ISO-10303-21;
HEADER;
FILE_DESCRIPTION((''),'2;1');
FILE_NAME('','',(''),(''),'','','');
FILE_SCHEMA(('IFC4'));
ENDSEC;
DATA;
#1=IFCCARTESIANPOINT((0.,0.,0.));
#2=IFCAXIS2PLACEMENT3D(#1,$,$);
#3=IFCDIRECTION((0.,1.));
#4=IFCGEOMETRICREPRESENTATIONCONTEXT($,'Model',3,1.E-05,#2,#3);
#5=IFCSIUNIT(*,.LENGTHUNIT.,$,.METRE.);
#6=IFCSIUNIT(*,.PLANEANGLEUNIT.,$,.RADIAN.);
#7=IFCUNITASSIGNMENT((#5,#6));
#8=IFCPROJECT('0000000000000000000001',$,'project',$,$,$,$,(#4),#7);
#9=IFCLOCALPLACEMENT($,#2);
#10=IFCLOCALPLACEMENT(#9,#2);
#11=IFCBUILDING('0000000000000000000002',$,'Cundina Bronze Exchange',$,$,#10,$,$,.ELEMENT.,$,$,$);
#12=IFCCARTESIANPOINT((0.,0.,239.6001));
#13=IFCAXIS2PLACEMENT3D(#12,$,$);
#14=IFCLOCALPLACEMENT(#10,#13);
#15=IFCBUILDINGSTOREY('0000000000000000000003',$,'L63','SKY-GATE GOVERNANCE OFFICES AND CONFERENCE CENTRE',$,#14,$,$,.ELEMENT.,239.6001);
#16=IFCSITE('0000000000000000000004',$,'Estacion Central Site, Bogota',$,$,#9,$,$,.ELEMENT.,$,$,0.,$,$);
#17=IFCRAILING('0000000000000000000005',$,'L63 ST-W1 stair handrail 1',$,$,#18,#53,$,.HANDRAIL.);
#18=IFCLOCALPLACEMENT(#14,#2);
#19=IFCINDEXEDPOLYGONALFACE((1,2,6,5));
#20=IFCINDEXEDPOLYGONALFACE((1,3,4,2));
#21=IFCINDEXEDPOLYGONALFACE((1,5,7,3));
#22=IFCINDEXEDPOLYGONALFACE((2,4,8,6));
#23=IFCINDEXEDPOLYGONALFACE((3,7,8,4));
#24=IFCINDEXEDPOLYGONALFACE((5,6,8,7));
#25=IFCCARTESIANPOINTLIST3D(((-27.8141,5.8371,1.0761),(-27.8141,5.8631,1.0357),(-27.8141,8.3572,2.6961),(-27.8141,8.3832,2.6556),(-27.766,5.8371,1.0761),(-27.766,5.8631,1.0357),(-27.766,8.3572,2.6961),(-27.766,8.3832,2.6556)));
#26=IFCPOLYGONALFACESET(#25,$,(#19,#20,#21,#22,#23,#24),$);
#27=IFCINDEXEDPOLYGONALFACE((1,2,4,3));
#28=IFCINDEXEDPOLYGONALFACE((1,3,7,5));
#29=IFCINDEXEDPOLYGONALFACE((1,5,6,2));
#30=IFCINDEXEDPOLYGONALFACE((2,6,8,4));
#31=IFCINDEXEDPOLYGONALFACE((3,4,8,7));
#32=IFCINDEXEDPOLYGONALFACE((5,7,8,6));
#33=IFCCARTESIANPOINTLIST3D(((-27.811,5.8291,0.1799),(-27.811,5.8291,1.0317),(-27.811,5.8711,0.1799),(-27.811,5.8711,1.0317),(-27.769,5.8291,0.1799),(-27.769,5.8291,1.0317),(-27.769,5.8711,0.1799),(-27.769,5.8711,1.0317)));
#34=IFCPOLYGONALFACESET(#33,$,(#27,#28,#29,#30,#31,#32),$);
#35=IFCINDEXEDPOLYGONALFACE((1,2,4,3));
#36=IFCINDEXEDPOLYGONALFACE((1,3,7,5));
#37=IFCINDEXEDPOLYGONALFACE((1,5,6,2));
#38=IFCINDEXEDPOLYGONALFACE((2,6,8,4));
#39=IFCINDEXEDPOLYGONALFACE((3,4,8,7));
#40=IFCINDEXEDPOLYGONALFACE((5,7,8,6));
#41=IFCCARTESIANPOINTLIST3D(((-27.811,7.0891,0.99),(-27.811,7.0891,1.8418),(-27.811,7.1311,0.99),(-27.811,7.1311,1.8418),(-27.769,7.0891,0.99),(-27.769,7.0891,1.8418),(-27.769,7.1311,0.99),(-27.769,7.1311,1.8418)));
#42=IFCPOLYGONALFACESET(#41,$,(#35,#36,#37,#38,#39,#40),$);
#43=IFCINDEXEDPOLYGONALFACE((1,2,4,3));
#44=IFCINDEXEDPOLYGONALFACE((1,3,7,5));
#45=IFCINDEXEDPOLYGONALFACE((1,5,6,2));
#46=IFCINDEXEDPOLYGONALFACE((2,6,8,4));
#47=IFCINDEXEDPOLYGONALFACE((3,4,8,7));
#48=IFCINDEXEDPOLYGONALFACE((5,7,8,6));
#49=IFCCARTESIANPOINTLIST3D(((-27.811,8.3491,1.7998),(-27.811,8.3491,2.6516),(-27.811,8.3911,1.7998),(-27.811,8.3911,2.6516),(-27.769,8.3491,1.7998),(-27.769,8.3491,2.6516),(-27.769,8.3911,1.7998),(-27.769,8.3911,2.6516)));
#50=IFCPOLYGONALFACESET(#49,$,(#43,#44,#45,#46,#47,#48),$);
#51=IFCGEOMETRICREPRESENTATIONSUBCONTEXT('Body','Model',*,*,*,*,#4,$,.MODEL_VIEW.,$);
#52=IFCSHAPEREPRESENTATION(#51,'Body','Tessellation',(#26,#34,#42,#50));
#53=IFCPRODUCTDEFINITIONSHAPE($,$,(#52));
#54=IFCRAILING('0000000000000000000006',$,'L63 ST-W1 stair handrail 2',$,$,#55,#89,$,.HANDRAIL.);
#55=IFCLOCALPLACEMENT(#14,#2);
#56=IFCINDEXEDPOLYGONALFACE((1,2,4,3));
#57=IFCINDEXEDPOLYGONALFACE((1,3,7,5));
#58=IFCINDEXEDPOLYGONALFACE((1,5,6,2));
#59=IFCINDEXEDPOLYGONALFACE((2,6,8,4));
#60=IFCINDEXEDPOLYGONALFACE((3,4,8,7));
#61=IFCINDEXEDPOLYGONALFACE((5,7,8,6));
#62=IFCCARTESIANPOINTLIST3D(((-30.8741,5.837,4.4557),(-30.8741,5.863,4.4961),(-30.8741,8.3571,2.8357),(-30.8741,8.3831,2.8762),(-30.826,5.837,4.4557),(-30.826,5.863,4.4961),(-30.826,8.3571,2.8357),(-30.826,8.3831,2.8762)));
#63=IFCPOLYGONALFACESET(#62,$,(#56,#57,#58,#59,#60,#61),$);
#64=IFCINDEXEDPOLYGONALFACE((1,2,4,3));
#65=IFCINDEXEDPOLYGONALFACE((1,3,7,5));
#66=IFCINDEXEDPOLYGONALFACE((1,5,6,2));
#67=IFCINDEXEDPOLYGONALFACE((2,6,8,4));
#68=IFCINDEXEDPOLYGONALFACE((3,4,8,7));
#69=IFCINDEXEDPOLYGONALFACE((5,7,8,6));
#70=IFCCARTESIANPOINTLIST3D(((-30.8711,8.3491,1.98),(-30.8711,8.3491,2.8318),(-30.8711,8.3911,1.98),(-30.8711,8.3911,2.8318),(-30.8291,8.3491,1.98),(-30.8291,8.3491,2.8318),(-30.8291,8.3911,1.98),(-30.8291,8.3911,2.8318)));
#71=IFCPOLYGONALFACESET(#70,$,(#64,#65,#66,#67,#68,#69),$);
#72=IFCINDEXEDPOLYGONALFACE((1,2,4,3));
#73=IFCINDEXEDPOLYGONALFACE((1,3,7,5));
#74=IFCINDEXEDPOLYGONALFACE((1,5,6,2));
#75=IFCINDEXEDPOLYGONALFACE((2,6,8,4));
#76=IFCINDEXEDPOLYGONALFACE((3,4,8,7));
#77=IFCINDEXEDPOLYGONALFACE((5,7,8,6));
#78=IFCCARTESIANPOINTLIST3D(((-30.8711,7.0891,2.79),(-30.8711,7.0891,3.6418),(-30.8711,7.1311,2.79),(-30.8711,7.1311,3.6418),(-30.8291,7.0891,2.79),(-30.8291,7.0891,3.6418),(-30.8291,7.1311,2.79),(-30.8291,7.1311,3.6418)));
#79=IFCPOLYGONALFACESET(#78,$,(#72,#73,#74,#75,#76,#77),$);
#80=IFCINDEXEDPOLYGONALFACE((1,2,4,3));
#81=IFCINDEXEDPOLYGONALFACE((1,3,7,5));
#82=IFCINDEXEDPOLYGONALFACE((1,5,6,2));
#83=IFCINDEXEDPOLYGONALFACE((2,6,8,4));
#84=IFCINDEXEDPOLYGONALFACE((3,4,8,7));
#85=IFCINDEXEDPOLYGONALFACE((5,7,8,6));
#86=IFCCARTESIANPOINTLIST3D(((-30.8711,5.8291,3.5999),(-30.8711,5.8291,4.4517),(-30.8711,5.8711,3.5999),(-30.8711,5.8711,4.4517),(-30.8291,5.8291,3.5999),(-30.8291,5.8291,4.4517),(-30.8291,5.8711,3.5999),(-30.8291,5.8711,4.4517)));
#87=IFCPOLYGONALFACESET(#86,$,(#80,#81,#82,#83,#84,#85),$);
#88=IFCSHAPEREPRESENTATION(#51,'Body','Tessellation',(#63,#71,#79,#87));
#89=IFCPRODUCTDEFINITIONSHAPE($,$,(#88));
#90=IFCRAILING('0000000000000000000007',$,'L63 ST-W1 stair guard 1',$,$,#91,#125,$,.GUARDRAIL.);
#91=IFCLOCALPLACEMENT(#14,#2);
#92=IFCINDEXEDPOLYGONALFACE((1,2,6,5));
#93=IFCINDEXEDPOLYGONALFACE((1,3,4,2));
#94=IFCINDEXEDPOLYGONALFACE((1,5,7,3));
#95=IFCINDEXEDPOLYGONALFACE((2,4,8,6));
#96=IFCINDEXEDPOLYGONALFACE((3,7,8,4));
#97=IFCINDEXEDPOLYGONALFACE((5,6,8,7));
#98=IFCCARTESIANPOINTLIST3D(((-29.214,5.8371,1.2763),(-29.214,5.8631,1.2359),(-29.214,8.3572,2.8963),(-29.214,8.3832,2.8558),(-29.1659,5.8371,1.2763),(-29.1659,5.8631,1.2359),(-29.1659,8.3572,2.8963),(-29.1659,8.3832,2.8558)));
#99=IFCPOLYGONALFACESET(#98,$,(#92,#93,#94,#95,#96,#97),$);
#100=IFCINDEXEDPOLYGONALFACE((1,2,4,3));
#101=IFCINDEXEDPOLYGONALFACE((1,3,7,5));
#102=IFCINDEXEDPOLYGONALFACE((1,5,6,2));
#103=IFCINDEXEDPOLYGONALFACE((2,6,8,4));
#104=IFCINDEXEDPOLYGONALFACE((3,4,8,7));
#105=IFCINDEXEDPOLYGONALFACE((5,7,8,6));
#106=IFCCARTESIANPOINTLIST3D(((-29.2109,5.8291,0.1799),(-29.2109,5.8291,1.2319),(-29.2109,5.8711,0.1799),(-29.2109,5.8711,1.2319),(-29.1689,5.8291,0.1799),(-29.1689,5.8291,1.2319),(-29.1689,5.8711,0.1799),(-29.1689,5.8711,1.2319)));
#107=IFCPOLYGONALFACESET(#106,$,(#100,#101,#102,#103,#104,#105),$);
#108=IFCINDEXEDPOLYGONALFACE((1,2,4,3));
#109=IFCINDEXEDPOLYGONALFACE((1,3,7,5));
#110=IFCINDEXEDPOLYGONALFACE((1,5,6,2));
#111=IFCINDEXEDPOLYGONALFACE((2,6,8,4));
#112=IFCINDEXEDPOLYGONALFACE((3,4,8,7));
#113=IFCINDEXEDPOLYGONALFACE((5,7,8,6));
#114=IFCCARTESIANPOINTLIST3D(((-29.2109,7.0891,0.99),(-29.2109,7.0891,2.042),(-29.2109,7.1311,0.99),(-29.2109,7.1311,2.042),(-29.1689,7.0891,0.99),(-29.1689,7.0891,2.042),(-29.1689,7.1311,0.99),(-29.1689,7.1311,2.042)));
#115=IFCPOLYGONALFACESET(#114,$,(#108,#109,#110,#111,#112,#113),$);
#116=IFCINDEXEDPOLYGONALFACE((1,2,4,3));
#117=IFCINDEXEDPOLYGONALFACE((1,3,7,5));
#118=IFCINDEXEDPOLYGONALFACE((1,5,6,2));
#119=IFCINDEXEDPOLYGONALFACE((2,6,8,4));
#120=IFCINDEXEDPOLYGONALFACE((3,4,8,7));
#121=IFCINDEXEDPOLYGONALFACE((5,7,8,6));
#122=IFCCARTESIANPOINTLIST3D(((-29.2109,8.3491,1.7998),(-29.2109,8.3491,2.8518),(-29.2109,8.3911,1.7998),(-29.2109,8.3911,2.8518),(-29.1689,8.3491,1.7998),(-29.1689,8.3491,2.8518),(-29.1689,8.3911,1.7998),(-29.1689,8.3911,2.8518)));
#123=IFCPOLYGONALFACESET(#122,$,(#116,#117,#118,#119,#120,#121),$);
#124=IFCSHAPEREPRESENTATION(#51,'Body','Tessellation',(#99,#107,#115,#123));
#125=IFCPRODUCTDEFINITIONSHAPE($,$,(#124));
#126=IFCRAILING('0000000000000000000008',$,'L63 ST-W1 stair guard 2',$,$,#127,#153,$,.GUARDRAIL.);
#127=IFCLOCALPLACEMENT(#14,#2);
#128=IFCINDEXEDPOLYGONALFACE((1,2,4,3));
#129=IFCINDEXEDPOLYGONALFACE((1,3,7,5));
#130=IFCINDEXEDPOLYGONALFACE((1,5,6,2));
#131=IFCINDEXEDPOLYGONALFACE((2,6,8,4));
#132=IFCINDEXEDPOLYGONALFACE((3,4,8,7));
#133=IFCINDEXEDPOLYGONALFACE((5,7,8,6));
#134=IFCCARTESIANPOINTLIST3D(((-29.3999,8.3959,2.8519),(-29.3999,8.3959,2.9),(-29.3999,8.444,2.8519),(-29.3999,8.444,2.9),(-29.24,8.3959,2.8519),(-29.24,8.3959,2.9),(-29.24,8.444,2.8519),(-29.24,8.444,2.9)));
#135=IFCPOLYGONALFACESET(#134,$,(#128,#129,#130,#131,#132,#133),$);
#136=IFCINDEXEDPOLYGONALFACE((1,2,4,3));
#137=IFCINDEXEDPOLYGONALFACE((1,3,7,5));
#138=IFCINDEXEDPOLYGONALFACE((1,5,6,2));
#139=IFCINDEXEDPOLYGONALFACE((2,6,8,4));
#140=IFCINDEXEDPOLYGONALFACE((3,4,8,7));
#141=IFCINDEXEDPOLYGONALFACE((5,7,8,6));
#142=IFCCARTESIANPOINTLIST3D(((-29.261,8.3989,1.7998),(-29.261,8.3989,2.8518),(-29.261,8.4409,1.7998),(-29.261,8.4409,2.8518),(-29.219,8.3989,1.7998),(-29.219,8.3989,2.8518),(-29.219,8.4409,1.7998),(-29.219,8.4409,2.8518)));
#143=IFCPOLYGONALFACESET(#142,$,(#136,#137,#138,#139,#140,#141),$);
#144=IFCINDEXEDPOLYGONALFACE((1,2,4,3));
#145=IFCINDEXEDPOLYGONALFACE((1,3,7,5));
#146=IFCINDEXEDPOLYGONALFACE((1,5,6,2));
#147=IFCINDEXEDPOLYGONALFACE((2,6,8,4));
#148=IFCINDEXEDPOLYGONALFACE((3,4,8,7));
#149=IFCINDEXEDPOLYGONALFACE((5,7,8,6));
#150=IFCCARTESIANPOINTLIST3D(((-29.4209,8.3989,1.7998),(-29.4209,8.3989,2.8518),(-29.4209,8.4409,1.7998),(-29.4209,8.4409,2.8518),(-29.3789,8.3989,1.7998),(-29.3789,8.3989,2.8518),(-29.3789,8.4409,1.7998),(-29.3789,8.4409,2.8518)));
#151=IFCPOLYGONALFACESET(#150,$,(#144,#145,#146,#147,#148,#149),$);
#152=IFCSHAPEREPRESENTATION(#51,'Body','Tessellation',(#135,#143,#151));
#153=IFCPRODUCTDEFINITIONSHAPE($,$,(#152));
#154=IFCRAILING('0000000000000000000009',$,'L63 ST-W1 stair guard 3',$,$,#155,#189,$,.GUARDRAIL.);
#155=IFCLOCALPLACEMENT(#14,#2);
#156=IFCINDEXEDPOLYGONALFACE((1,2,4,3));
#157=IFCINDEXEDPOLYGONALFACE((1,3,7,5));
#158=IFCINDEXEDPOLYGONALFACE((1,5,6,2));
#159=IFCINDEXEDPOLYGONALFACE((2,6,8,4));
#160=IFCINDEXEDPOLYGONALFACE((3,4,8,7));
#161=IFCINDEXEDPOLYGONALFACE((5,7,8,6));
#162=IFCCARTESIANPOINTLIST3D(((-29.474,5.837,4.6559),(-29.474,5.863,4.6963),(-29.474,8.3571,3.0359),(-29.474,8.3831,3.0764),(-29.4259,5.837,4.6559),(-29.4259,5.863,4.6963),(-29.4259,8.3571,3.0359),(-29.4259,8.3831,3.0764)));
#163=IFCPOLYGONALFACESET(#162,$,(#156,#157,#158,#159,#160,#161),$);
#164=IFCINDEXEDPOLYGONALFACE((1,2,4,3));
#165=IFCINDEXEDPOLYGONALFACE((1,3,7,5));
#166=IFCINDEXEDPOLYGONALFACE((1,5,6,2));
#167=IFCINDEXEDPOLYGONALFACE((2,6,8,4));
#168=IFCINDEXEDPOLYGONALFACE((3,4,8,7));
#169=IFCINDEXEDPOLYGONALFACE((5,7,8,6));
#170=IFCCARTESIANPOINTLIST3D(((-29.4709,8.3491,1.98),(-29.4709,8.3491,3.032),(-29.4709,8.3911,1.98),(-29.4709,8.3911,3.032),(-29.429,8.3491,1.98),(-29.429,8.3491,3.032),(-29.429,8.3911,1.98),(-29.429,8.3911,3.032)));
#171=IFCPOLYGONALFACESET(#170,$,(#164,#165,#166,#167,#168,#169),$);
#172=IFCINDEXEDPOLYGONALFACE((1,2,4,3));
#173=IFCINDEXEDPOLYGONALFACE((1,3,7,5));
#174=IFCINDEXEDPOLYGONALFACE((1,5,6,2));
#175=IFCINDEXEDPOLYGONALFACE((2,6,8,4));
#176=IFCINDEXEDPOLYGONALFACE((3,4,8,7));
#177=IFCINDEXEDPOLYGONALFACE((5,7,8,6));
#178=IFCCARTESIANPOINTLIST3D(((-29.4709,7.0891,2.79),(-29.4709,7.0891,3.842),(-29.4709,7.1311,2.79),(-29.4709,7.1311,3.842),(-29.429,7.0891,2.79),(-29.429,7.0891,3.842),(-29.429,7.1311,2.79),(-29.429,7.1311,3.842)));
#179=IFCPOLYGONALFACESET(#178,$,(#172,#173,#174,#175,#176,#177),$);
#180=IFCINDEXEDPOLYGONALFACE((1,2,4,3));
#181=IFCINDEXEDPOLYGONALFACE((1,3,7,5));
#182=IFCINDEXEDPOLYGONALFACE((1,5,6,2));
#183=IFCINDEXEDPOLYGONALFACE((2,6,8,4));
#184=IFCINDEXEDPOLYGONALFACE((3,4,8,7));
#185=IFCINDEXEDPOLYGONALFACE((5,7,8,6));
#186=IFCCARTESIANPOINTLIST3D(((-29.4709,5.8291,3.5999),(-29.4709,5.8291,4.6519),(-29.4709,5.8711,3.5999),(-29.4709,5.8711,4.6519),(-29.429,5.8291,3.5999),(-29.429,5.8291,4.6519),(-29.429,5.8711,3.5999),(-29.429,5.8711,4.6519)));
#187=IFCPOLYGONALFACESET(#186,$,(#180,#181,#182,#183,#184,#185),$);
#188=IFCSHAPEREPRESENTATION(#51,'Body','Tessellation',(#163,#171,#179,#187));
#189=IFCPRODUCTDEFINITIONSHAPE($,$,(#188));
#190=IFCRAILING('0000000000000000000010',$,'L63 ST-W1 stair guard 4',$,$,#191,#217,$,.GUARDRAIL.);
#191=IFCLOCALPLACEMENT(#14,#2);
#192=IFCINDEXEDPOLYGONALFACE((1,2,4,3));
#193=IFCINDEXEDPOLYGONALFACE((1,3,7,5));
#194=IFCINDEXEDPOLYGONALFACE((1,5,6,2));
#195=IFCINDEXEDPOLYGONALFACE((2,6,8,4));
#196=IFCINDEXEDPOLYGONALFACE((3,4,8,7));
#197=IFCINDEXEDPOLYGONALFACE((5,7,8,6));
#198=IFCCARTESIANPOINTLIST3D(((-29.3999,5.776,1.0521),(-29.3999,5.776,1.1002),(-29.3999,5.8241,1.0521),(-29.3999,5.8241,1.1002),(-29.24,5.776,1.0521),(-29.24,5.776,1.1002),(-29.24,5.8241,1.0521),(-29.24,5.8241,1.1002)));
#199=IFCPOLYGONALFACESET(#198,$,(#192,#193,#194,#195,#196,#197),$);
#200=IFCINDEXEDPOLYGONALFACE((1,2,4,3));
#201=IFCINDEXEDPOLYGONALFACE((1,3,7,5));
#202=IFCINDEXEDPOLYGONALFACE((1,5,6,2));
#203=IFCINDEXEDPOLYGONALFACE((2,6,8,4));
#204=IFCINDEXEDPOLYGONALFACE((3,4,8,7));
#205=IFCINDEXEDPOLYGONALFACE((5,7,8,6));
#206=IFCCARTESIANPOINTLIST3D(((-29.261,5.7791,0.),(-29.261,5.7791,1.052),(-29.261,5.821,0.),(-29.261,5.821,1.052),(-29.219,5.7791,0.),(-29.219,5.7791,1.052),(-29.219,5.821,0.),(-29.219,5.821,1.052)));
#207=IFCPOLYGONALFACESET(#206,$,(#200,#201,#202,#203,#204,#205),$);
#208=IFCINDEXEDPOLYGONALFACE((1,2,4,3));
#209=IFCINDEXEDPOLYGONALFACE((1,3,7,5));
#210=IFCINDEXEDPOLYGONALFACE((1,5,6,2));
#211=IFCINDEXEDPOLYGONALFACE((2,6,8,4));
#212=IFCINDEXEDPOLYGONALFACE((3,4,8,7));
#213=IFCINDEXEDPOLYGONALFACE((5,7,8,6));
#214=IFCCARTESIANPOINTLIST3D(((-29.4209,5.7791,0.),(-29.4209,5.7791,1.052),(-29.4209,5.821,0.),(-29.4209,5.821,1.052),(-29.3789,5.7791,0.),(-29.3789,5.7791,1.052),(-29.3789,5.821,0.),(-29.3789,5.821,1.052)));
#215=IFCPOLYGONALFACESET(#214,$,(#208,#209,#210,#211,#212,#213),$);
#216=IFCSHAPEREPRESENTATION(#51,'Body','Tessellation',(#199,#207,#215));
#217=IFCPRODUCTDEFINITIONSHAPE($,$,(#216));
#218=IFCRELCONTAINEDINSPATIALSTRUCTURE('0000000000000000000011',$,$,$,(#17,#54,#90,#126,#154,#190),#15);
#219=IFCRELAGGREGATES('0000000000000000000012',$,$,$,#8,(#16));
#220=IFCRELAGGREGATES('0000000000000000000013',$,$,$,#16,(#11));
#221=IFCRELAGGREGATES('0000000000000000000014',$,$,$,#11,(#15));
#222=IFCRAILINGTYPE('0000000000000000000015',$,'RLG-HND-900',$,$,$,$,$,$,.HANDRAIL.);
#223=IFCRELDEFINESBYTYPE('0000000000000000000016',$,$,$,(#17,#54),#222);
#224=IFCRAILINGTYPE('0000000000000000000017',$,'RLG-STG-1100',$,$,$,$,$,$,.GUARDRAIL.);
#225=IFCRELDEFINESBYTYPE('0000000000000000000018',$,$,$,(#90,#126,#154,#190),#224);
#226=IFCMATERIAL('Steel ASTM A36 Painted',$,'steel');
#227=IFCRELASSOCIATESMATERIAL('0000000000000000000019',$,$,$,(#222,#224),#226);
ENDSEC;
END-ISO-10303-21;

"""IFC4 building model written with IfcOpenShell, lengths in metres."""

from ifc_helpers import new_model, si_unit, direction, frame, origin, origin_2d, place, context, subcontext, project, spatial, rectangle, extrude, material, type_object, element, save


model = new_model("IFC4")

# Units and contexts
model_context = context("Model", 3, precision=1e-05, world=origin(), true_north=direction((0.0, 1.0)))
body_context = subcontext(model_context, "Body", "Model", "MODEL_VIEW")
ifc_project = project(units=[si_unit("LENGTHUNIT", "METRE"), si_unit("PLANEANGLEUNIT", "RADIAN")], contexts=[model_context])

# Site, building, storey
site_placement = place(None, origin())
site = spatial("IfcSite", under=ifc_project, at=site_placement, Name="Estacion Central Site, Bogota", CompositionType="ELEMENT", RefElevation=0.0)
building_placement = place(site_placement, origin())
building = spatial("IfcBuilding", under=site, at=building_placement, Name="Cundina Bronze Exchange", CompositionType="ELEMENT")
storey_placement = place(building_placement, frame((0.0, 0.0, 239.6001)))
storey = spatial("IfcBuildingStorey", under=building, at=storey_placement, Name="L63", Description="SKY-GATE GOVERNANCE OFFICES AND CONFERENCE CENTRE", CompositionType="ELEMENT", Elevation=239.6001)

# Shared definitions
ifc_material_1 = material(Name="Steel ASTM A36 Painted", Category="steel")

# Railings
railing_type_1 = type_object("IfcRailingType", Name="RLG-HND-900", PredefinedType="HANDRAIL", material=ifc_material_1)
railing_1_placement = place(storey_placement, frame((-27.79, 5.8501, 0.1799)))
element("IfcRailing", 1, at=railing_1_placement, inside=storey, type_object=railing_type_1, Name="L63 ST-W1 stair handrail 1", PredefinedType="HANDRAIL", context=body_context, shape_type="SweptSolid", body=[
    extrude(rectangle(XDim=0.0481, YDim=0.0481, at=origin_2d()), frame((0.0, 0.0, 0.876), z_axis=(0.0, 0.8412, 0.540725), x_axis=(-1.0, 0.0, 0.0)), (0.0, 0.0, 1.0), 2.9958),
    extrude(rectangle(XDim=0.042, YDim=0.042, at=origin_2d()), origin(), (0.0, 0.0, 1.0), 0.8518),
    extrude(rectangle(XDim=0.042, YDim=0.042, at=origin_2d()), frame((0.0, 1.26, 0.8101)), (0.0, 0.0, 1.0), 0.8518),
    extrude(rectangle(XDim=0.042, YDim=0.042, at=origin_2d()), frame((0.0, 2.52, 1.6199)), (0.0, 0.0, 1.0), 0.8518),
])
railing_2_placement = place(storey_placement, frame((-30.8501, 8.3701, 1.98)))
element("IfcRailing", 2, at=railing_2_placement, inside=storey, type_object=railing_type_1, Name="L63 ST-W1 stair handrail 2", PredefinedType="HANDRAIL", context=body_context, shape_type="SweptSolid", body=[
    extrude(rectangle(XDim=0.0481, YDim=0.0481, at=origin_2d()), frame((0.0, 0.0, 0.876), z_axis=(0.0, -0.8412, 0.540725), x_axis=(1.0, 0.0, 0.0)), (0.0, 0.0, 1.0), 2.9958),
    extrude(rectangle(XDim=0.042, YDim=0.042, at=origin_2d()), origin(), (0.0, 0.0, 1.0), 0.8518),
    extrude(rectangle(XDim=0.042, YDim=0.042, at=origin_2d()), frame((0.0, -1.26, 0.8101)), (0.0, 0.0, 1.0), 0.8518),
    extrude(rectangle(XDim=0.042, YDim=0.042, at=origin_2d()), frame((0.0, -2.52, 1.6199)), (0.0, 0.0, 1.0), 0.8518),
])
railing_type_2 = type_object("IfcRailingType", Name="RLG-STG-1100", PredefinedType="GUARDRAIL", material=ifc_material_1)
railing_3_placement = place(storey_placement, frame((-29.1899, 5.8501, 0.1799)))
element("IfcRailing", 3, at=railing_3_placement, inside=storey, type_object=railing_type_2, Name="L63 ST-W1 stair guard 1", PredefinedType="GUARDRAIL", context=body_context, shape_type="SweptSolid", body=[
    extrude(rectangle(XDim=0.0481, YDim=0.0481, at=origin_2d()), frame((0.0, 0.0, 1.0762), z_axis=(0.0, 0.8412, 0.540725), x_axis=(-1.0, 0.0, 0.0)), (0.0, 0.0, 1.0), 2.9958),
    extrude(rectangle(XDim=0.042, YDim=0.042, at=origin_2d()), origin(), (0.0, 0.0, 1.0), 1.052),
    extrude(rectangle(XDim=0.042, YDim=0.042, at=origin_2d()), frame((0.0, 1.26, 0.8101)), (0.0, 0.0, 1.0), 1.052),
    extrude(rectangle(XDim=0.042, YDim=0.042, at=origin_2d()), frame((0.0, 2.52, 1.6199)), (0.0, 0.0, 1.0), 1.052),
])
railing_4_placement = place(storey_placement, frame((-29.24, 8.4199, 1.7998)))
element("IfcRailing", 4, at=railing_4_placement, inside=storey, type_object=railing_type_2, Name="L63 ST-W1 stair guard 2", PredefinedType="GUARDRAIL", context=body_context, shape_type="SweptSolid", body=[
    extrude(rectangle(XDim=0.0481, YDim=0.0481, at=origin_2d()), frame((0.0, 0.0, 1.0762), z_axis=(-1.0, 0.0, 0.0), x_axis=(0.0, -1.0, 0.0)), (0.0, 0.0, 1.0), 0.1599),
    extrude(rectangle(XDim=0.042, YDim=0.042, at=origin_2d()), origin(), (0.0, 0.0, 1.0), 1.052),
    extrude(rectangle(XDim=0.042, YDim=0.042, at=origin_2d()), frame((-0.1599, 0.0, 0.0)), (0.0, 0.0, 1.0), 1.052),
])
railing_5_placement = place(storey_placement, frame((-29.45, 8.3701, 1.98)))
element("IfcRailing", 5, at=railing_5_placement, inside=storey, type_object=railing_type_2, Name="L63 ST-W1 stair guard 3", PredefinedType="GUARDRAIL", context=body_context, shape_type="SweptSolid", body=[
    extrude(rectangle(XDim=0.0481, YDim=0.0481, at=origin_2d()), frame((0.0, 0.0, 1.0762), z_axis=(0.0, -0.8412, 0.540725), x_axis=(1.0, 0.0, 0.0)), (0.0, 0.0, 1.0), 2.9958),
    extrude(rectangle(XDim=0.042, YDim=0.042, at=origin_2d()), origin(), (0.0, 0.0, 1.0), 1.052),
    extrude(rectangle(XDim=0.042, YDim=0.042, at=origin_2d()), frame((0.0, -1.26, 0.8101)), (0.0, 0.0, 1.0), 1.052),
    extrude(rectangle(XDim=0.042, YDim=0.042, at=origin_2d()), frame((0.0, -2.52, 1.6199)), (0.0, 0.0, 1.0), 1.052),
])
railing_6_placement = place(storey_placement, frame((-29.24, 5.8, 0.0)))
element("IfcRailing", 6, at=railing_6_placement, inside=storey, type_object=railing_type_2, Name="L63 ST-W1 stair guard 4", PredefinedType="GUARDRAIL", context=body_context, shape_type="SweptSolid", body=[
    extrude(rectangle(XDim=0.0481, YDim=0.0481, at=origin_2d()), frame((0.0, 0.0, 1.0762), z_axis=(-1.0, 0.0, 0.0), x_axis=(0.0, -1.0, 0.0)), (0.0, 0.0, 1.0), 0.1599),
    extrude(rectangle(XDim=0.042, YDim=0.042, at=origin_2d()), origin(), (0.0, 0.0, 1.0), 1.052),
    extrude(rectangle(XDim=0.042, YDim=0.042, at=origin_2d()), frame((-0.1599, 0.0, 0.0)), (0.0, 0.0, 1.0), 1.052),
])

save(model, "model.ifc")
